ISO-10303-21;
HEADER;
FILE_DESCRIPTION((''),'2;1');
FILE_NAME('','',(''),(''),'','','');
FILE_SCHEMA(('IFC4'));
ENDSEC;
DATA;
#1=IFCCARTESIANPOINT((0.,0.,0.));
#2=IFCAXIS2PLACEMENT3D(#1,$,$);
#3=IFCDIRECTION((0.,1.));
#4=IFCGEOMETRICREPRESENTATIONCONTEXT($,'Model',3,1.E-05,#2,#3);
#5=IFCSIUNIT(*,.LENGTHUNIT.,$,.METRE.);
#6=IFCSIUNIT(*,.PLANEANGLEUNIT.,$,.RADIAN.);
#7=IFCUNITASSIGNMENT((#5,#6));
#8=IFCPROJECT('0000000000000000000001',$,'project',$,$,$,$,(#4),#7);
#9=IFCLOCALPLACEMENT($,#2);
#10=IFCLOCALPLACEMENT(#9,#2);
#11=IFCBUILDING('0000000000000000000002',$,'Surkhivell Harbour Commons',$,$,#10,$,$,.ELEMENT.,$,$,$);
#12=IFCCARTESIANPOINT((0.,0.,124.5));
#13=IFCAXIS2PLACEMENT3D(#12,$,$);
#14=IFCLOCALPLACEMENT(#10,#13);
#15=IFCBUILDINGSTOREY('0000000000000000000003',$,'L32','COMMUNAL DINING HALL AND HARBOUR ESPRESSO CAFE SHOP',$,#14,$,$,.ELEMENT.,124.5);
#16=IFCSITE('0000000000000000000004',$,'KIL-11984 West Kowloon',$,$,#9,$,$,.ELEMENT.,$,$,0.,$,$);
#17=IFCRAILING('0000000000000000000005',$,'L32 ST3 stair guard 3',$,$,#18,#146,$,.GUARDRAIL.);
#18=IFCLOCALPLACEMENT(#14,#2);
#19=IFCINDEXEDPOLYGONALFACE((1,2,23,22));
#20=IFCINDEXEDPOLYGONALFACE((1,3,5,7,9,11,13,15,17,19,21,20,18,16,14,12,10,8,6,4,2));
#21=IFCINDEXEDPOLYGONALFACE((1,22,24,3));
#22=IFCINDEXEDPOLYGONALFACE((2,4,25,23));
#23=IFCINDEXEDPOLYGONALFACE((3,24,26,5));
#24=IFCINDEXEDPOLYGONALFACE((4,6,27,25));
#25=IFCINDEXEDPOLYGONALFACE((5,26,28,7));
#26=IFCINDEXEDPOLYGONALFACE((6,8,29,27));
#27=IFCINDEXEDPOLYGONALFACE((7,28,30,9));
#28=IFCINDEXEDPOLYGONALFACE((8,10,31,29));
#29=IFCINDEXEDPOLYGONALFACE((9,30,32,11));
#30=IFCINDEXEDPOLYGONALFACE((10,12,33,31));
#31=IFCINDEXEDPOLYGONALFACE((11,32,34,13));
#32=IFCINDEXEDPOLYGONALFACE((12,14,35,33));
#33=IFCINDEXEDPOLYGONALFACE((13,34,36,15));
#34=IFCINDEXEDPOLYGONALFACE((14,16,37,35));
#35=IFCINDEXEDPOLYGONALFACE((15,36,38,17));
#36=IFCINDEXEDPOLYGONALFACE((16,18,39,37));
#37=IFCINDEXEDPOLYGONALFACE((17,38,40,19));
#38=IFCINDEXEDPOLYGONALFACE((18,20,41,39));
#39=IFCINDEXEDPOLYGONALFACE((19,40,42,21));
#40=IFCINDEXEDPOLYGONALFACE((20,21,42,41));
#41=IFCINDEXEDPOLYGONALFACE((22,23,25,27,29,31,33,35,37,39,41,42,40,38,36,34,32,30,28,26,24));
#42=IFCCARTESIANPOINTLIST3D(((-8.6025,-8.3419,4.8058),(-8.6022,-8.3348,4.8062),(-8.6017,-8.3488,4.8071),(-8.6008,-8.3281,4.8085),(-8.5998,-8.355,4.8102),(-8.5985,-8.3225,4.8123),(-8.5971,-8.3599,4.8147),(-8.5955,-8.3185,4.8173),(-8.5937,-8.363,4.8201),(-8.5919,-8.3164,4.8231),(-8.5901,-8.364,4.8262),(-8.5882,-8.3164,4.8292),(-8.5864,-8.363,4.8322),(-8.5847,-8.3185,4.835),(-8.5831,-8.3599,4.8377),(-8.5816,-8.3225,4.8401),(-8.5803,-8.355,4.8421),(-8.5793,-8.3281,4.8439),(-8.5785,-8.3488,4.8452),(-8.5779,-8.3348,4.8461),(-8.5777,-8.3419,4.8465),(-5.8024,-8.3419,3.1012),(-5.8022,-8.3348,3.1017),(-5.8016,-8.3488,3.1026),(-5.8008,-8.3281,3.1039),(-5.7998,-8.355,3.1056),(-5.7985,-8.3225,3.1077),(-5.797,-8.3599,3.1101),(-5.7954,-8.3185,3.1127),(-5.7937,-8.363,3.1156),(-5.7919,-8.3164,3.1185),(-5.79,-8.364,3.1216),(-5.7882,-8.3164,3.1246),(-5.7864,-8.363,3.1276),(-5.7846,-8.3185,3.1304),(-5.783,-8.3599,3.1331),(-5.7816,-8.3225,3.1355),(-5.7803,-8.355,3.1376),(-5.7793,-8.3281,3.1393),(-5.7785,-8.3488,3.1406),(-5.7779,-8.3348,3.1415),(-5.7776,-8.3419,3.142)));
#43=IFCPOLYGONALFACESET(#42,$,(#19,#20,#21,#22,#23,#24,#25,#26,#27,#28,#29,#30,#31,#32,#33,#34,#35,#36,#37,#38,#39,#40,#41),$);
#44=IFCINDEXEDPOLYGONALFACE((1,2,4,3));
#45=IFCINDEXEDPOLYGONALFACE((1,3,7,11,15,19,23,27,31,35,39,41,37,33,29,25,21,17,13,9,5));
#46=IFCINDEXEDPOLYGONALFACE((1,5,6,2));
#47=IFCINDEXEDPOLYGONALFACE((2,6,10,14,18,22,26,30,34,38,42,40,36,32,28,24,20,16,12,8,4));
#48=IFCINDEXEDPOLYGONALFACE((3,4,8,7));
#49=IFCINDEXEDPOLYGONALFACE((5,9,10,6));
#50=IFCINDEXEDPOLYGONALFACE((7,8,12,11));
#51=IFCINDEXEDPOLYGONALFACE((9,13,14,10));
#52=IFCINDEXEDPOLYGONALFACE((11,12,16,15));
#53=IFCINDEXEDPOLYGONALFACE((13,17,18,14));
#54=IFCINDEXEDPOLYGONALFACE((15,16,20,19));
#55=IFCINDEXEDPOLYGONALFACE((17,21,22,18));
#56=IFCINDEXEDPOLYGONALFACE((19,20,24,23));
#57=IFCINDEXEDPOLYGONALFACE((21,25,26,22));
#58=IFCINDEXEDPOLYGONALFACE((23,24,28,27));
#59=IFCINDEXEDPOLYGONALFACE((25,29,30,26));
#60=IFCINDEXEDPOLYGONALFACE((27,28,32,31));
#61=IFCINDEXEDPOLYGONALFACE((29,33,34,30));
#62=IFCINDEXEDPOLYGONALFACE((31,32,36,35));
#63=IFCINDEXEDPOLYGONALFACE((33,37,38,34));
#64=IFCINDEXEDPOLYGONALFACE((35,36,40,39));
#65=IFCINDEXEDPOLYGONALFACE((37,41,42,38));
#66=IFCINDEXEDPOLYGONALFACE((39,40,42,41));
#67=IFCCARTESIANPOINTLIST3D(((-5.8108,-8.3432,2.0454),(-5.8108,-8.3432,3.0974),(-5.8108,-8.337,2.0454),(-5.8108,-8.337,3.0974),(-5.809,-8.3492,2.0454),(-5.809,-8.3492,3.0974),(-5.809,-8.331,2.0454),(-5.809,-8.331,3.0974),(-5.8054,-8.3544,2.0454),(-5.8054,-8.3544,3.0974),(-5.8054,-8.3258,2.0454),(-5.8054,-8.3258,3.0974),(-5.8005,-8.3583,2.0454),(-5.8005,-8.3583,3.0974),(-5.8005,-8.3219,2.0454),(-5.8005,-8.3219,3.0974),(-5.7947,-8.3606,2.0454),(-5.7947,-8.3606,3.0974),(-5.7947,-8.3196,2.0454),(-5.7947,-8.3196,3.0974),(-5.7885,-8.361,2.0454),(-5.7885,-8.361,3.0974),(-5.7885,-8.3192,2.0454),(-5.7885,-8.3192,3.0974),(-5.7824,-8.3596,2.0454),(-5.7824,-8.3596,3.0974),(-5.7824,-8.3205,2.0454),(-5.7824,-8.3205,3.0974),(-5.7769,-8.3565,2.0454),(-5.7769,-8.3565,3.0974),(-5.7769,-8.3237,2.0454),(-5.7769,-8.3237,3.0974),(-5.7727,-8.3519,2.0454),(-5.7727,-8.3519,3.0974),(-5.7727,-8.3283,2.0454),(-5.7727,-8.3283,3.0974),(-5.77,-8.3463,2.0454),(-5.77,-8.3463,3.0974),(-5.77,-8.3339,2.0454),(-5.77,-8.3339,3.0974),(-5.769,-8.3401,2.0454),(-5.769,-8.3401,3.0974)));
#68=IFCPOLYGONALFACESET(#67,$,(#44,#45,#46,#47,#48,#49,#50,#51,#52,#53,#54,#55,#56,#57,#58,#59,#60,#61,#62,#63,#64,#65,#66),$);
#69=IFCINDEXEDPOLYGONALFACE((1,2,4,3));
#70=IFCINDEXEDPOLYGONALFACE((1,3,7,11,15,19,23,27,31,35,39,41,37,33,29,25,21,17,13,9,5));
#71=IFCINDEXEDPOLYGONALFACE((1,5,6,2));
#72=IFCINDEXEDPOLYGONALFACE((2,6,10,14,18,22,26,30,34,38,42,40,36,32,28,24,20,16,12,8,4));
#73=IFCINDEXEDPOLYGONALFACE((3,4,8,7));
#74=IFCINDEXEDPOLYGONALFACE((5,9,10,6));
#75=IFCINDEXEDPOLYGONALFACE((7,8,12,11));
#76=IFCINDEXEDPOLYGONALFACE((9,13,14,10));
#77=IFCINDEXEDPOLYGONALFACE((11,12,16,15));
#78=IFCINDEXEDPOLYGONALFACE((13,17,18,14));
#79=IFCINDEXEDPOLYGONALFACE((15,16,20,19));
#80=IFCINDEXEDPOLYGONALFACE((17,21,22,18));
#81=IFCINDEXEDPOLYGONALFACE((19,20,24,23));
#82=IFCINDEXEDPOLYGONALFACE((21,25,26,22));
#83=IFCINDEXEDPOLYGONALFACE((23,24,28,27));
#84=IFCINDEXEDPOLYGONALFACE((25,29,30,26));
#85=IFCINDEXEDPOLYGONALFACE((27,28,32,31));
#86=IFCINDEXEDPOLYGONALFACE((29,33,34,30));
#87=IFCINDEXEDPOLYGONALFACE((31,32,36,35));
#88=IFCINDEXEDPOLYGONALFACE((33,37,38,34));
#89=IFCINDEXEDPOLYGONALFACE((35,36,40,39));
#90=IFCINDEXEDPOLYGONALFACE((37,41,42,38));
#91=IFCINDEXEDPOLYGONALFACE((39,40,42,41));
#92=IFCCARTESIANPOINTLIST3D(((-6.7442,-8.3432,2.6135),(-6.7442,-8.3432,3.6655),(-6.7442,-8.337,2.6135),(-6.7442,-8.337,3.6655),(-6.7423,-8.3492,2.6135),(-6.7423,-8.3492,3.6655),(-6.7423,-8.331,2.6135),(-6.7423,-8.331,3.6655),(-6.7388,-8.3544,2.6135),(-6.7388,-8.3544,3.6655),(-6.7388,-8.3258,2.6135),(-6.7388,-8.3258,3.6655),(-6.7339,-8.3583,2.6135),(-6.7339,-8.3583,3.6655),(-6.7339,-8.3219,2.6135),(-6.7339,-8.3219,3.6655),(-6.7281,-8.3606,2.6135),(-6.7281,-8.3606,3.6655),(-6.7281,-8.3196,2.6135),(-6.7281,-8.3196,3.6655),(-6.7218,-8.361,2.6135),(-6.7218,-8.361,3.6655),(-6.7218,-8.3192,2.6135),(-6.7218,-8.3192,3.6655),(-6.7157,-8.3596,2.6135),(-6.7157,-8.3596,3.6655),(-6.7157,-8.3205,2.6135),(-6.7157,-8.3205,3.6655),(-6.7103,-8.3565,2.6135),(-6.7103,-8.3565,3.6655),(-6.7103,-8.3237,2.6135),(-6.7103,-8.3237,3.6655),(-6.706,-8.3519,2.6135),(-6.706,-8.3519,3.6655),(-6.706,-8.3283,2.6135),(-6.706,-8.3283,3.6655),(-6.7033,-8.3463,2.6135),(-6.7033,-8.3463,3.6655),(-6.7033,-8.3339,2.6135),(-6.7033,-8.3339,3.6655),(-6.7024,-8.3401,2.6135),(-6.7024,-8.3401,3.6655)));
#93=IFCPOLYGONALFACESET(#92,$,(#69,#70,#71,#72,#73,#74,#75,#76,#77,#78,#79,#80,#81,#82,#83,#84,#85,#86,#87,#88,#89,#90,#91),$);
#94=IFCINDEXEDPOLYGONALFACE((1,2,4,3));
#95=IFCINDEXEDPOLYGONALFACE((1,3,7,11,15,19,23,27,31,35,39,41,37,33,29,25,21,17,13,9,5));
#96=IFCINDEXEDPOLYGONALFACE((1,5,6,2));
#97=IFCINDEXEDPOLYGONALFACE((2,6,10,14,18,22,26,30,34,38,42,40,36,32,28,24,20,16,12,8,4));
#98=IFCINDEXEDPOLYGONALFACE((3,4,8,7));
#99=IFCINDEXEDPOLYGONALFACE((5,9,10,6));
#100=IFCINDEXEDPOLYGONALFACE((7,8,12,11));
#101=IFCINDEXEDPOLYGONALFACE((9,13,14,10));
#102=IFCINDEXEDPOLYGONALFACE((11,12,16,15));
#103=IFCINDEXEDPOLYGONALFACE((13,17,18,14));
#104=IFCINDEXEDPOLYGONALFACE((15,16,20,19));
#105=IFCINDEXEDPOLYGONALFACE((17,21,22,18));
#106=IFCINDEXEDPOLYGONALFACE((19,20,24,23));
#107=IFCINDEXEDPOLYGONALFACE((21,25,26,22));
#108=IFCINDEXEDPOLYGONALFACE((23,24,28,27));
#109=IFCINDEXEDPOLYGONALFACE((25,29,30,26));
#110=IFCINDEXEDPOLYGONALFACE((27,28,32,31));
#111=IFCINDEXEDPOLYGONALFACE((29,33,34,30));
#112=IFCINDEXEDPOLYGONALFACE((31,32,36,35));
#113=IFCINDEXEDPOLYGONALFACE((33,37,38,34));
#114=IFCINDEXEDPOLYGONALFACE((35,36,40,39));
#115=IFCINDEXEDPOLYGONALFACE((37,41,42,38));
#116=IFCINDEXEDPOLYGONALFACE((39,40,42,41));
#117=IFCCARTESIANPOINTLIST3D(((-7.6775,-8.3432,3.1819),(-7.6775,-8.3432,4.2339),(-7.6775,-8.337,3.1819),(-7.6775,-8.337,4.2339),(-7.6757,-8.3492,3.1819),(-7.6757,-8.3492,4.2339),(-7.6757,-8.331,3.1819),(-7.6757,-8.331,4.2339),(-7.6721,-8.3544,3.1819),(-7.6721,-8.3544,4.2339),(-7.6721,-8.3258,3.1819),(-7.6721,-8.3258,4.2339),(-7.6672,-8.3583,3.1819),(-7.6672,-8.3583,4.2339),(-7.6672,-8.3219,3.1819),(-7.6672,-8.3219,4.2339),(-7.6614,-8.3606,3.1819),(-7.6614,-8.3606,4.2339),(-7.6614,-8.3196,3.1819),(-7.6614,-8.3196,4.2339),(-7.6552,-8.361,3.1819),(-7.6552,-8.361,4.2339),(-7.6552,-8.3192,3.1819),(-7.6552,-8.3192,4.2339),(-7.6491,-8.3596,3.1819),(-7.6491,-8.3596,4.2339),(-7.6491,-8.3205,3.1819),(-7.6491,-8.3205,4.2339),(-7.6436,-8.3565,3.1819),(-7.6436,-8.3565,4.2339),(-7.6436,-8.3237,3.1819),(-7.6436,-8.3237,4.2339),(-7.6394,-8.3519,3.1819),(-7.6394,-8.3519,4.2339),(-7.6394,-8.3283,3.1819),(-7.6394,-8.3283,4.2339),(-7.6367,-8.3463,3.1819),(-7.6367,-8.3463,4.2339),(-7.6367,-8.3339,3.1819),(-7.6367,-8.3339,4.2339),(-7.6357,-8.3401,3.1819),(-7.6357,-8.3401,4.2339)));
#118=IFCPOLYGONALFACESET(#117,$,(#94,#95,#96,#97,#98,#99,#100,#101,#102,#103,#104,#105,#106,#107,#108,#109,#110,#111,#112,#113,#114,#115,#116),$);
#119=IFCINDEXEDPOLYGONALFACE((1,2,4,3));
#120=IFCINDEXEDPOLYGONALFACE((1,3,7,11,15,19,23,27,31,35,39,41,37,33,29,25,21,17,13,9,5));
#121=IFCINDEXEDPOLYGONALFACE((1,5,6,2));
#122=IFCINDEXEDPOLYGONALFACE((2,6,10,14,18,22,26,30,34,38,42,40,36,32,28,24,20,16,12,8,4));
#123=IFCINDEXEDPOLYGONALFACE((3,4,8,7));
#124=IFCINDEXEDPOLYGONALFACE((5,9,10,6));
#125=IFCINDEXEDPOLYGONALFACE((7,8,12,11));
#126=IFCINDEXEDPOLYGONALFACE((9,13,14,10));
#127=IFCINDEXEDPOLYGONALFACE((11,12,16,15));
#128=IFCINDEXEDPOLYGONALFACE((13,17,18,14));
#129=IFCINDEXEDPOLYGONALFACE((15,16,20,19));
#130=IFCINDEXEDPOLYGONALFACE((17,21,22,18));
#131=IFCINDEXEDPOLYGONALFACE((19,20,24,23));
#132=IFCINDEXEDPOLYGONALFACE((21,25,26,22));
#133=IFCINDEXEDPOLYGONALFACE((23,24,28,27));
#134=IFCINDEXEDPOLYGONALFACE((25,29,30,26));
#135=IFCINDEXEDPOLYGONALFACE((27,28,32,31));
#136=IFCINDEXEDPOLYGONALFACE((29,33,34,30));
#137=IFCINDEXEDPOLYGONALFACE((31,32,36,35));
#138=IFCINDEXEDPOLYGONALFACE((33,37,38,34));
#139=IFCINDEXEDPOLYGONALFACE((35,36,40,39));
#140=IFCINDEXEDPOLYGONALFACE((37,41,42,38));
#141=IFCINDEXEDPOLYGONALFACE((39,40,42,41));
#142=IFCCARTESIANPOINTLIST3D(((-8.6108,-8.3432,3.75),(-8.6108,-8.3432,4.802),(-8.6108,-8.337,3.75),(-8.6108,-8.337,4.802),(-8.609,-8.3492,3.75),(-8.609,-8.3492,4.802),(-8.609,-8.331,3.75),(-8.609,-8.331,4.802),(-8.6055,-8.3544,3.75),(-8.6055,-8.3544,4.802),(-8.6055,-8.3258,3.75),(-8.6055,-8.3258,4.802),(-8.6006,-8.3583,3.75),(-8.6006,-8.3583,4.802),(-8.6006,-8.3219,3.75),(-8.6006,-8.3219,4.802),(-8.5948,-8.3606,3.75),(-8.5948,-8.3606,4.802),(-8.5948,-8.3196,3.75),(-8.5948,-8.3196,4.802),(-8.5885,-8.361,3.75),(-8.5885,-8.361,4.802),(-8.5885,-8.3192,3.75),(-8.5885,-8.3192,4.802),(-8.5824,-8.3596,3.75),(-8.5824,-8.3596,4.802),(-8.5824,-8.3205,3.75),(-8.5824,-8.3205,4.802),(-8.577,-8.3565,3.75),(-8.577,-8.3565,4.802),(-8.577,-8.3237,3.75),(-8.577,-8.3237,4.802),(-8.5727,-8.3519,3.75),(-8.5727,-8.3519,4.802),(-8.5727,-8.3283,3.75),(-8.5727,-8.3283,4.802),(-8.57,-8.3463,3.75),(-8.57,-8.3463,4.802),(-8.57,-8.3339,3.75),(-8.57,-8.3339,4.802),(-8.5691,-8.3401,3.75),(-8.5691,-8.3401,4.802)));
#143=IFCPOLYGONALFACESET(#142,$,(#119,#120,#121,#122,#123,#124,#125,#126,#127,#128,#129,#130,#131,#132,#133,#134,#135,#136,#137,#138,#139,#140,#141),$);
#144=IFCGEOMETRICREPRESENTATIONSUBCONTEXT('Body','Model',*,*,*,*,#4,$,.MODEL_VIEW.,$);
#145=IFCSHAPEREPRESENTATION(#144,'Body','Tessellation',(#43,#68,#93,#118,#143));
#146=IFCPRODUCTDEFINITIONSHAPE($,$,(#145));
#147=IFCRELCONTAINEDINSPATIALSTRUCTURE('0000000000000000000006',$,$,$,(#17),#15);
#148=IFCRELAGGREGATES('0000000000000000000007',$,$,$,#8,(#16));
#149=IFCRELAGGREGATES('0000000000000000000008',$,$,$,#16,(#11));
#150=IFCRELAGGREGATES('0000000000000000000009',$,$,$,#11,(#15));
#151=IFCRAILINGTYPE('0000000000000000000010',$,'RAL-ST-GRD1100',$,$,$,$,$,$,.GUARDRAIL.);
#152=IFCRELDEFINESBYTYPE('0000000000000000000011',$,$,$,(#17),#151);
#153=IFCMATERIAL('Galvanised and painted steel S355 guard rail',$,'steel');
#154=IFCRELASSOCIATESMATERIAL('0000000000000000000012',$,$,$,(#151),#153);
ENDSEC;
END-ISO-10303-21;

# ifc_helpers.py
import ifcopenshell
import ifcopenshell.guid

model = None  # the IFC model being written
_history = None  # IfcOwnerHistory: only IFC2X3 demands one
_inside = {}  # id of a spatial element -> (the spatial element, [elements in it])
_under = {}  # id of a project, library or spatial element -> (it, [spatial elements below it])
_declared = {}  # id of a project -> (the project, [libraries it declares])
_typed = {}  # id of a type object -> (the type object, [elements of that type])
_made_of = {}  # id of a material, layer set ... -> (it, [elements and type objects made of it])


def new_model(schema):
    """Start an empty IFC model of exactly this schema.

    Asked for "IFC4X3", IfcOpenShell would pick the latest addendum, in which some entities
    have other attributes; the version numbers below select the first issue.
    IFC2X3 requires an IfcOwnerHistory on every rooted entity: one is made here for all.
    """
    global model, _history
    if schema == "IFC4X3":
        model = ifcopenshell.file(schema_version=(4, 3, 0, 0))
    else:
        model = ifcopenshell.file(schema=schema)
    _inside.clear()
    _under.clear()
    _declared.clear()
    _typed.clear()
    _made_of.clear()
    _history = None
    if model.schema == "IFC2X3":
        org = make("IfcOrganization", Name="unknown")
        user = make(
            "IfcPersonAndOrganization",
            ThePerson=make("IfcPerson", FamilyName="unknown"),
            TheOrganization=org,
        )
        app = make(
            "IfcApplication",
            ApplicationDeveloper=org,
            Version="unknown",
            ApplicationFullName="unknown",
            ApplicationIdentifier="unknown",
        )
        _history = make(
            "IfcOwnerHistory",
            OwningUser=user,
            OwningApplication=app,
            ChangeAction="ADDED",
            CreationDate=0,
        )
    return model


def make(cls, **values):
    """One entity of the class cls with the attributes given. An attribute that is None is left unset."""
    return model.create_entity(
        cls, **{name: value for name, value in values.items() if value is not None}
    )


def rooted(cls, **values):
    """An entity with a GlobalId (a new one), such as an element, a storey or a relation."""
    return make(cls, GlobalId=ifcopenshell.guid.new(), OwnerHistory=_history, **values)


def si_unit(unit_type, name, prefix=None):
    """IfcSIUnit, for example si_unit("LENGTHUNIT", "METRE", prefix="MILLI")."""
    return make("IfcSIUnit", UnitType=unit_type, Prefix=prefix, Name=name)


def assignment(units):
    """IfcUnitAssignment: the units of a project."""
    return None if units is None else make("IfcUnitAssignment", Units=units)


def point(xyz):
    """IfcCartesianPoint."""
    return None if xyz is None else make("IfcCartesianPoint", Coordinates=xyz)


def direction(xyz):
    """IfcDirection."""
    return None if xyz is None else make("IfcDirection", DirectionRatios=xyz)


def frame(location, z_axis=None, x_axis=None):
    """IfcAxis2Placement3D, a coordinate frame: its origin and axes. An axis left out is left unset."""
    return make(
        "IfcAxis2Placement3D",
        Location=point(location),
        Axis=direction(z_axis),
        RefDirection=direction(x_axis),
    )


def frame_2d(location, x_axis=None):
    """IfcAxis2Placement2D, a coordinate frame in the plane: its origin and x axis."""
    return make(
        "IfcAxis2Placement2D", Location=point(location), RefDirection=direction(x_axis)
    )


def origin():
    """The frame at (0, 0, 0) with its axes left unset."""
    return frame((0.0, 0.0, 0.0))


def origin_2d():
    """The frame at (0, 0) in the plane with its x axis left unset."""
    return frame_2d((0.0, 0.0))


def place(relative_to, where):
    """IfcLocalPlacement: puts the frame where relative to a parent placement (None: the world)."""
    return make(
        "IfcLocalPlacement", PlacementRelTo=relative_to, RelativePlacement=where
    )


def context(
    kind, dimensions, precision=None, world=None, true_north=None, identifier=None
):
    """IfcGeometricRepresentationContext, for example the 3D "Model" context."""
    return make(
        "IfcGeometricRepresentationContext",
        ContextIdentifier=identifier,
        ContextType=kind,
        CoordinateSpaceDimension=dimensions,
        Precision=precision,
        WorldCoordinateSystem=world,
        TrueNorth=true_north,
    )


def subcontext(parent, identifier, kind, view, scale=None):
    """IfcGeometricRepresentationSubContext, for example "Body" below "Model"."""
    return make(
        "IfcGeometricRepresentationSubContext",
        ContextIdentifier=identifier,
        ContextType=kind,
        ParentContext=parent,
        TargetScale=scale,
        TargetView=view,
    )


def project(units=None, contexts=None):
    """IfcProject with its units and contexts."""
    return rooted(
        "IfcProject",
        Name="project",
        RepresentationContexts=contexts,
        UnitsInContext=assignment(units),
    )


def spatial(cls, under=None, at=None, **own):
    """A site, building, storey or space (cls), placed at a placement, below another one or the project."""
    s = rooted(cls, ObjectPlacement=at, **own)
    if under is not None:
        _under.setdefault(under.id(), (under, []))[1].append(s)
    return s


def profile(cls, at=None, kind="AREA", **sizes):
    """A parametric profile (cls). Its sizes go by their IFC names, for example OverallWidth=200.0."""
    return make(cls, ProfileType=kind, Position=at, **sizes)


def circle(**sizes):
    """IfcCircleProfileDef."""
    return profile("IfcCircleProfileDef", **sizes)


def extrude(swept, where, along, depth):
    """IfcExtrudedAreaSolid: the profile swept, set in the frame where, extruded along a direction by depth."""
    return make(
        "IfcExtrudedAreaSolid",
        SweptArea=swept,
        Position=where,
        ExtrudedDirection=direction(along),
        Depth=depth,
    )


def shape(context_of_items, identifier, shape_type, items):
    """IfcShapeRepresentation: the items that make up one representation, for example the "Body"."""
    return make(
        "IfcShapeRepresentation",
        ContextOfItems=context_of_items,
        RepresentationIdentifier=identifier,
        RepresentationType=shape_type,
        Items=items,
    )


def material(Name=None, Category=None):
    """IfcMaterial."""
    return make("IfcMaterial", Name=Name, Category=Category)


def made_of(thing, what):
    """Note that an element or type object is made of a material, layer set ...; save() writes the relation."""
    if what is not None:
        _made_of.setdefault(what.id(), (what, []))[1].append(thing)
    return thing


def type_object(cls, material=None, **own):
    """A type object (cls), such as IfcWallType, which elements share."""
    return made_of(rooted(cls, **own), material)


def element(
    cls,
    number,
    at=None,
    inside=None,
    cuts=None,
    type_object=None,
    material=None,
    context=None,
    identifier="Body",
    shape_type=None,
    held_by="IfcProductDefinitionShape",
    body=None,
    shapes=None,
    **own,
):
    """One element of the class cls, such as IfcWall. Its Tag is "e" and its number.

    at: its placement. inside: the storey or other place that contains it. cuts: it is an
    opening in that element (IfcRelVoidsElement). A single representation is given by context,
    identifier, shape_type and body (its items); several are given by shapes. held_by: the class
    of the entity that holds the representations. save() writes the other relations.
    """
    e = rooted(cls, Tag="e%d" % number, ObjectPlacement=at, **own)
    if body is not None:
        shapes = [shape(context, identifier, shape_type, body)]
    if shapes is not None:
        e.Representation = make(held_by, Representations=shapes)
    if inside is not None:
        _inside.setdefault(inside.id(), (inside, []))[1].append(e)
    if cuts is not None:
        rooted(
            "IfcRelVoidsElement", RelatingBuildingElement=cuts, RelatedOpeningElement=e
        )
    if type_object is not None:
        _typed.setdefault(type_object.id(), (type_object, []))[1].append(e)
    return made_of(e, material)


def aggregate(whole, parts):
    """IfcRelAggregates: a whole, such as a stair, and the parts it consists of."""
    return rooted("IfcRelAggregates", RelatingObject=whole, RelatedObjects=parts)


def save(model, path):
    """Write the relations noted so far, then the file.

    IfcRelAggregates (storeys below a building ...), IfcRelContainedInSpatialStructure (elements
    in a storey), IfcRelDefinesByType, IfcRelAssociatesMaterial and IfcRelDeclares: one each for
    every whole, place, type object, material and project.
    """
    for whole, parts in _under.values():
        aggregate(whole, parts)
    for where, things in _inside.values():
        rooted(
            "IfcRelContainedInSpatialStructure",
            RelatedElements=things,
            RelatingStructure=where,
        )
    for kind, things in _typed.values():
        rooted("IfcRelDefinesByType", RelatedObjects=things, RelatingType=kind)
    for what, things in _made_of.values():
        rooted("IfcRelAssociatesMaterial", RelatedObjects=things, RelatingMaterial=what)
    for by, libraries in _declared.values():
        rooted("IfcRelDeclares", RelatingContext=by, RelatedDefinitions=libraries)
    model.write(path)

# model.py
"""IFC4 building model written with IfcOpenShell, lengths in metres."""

from ifc_helpers import new_model, si_unit, direction, frame, origin, origin_2d, place, context, subcontext, project, spatial, circle, extrude, material, type_object, element, save


model = new_model("IFC4")

# Units and contexts
model_context = context("Model", 3, precision=1e-05, world=origin(), true_north=direction((0.0, 1.0)))
body_context = subcontext(model_context, "Body", "Model", "MODEL_VIEW")
ifc_project = project(units=[si_unit("LENGTHUNIT", "METRE"), si_unit("PLANEANGLEUNIT", "RADIAN")], contexts=[model_context])

# Site, building, storey
site_placement = place(None, origin())
site = spatial("IfcSite", under=ifc_project, at=site_placement, Name="KIL-11984 West Kowloon", CompositionType="ELEMENT", RefElevation=0.0)
building_placement = place(site_placement, origin())
building = spatial("IfcBuilding", under=site, at=building_placement, Name="Surkhivell Harbour Commons", CompositionType="ELEMENT")
storey_placement = place(building_placement, frame((0.0, 0.0, 124.5)))
storey = spatial("IfcBuildingStorey", under=building, at=storey_placement, Name="L32", Description="COMMUNAL DINING HALL AND HARBOUR ESPRESSO CAFE SHOP", CompositionType="ELEMENT", Elevation=124.5)

# Railing
ifc_material_1 = material(Name="Galvanised and painted steel S355 guard rail", Category="steel")
railing_type_1 = type_object("IfcRailingType", Name="RAL-ST-GRD1100", PredefinedType="GUARDRAIL", material=ifc_material_1)
railing_1_placement = place(storey_placement, frame((-5.79, -8.3401, 2.0454)))
element("IfcRailing", 1, at=railing_1_placement, inside=storey, type_object=railing_type_1, Name="L32 ST3 stair guard 3", PredefinedType="GUARDRAIL", context=body_context, shape_type="SweptSolid", body=[
    extrude(circle(Radius=0.0239, at=origin_2d()), frame((0.0, 0.0, 1.0762), z_axis=(-0.85417, 0.0, 0.519994), x_axis=(0.0, -1.0, 0.0)), (0.0, 0.0, 1.0), 3.2781),
    extrude(circle(Radius=0.021, at=origin_2d()), origin(), (0.0, 0.0, 1.0), 1.052),
    extrude(circle(Radius=0.021, at=origin_2d()), frame((-0.9333, 0.0, 0.5681)), (0.0, 0.0, 1.0), 1.052),
    extrude(circle(Radius=0.021, at=origin_2d()), frame((-1.8667, 0.0, 1.1365)), (0.0, 0.0, 1.0), 1.052),
    extrude(circle(Radius=0.021, at=origin_2d()), frame((-2.8, 0.0, 1.7046)), (0.0, 0.0, 1.0), 1.052),
])

save(model, "model.ifc")
